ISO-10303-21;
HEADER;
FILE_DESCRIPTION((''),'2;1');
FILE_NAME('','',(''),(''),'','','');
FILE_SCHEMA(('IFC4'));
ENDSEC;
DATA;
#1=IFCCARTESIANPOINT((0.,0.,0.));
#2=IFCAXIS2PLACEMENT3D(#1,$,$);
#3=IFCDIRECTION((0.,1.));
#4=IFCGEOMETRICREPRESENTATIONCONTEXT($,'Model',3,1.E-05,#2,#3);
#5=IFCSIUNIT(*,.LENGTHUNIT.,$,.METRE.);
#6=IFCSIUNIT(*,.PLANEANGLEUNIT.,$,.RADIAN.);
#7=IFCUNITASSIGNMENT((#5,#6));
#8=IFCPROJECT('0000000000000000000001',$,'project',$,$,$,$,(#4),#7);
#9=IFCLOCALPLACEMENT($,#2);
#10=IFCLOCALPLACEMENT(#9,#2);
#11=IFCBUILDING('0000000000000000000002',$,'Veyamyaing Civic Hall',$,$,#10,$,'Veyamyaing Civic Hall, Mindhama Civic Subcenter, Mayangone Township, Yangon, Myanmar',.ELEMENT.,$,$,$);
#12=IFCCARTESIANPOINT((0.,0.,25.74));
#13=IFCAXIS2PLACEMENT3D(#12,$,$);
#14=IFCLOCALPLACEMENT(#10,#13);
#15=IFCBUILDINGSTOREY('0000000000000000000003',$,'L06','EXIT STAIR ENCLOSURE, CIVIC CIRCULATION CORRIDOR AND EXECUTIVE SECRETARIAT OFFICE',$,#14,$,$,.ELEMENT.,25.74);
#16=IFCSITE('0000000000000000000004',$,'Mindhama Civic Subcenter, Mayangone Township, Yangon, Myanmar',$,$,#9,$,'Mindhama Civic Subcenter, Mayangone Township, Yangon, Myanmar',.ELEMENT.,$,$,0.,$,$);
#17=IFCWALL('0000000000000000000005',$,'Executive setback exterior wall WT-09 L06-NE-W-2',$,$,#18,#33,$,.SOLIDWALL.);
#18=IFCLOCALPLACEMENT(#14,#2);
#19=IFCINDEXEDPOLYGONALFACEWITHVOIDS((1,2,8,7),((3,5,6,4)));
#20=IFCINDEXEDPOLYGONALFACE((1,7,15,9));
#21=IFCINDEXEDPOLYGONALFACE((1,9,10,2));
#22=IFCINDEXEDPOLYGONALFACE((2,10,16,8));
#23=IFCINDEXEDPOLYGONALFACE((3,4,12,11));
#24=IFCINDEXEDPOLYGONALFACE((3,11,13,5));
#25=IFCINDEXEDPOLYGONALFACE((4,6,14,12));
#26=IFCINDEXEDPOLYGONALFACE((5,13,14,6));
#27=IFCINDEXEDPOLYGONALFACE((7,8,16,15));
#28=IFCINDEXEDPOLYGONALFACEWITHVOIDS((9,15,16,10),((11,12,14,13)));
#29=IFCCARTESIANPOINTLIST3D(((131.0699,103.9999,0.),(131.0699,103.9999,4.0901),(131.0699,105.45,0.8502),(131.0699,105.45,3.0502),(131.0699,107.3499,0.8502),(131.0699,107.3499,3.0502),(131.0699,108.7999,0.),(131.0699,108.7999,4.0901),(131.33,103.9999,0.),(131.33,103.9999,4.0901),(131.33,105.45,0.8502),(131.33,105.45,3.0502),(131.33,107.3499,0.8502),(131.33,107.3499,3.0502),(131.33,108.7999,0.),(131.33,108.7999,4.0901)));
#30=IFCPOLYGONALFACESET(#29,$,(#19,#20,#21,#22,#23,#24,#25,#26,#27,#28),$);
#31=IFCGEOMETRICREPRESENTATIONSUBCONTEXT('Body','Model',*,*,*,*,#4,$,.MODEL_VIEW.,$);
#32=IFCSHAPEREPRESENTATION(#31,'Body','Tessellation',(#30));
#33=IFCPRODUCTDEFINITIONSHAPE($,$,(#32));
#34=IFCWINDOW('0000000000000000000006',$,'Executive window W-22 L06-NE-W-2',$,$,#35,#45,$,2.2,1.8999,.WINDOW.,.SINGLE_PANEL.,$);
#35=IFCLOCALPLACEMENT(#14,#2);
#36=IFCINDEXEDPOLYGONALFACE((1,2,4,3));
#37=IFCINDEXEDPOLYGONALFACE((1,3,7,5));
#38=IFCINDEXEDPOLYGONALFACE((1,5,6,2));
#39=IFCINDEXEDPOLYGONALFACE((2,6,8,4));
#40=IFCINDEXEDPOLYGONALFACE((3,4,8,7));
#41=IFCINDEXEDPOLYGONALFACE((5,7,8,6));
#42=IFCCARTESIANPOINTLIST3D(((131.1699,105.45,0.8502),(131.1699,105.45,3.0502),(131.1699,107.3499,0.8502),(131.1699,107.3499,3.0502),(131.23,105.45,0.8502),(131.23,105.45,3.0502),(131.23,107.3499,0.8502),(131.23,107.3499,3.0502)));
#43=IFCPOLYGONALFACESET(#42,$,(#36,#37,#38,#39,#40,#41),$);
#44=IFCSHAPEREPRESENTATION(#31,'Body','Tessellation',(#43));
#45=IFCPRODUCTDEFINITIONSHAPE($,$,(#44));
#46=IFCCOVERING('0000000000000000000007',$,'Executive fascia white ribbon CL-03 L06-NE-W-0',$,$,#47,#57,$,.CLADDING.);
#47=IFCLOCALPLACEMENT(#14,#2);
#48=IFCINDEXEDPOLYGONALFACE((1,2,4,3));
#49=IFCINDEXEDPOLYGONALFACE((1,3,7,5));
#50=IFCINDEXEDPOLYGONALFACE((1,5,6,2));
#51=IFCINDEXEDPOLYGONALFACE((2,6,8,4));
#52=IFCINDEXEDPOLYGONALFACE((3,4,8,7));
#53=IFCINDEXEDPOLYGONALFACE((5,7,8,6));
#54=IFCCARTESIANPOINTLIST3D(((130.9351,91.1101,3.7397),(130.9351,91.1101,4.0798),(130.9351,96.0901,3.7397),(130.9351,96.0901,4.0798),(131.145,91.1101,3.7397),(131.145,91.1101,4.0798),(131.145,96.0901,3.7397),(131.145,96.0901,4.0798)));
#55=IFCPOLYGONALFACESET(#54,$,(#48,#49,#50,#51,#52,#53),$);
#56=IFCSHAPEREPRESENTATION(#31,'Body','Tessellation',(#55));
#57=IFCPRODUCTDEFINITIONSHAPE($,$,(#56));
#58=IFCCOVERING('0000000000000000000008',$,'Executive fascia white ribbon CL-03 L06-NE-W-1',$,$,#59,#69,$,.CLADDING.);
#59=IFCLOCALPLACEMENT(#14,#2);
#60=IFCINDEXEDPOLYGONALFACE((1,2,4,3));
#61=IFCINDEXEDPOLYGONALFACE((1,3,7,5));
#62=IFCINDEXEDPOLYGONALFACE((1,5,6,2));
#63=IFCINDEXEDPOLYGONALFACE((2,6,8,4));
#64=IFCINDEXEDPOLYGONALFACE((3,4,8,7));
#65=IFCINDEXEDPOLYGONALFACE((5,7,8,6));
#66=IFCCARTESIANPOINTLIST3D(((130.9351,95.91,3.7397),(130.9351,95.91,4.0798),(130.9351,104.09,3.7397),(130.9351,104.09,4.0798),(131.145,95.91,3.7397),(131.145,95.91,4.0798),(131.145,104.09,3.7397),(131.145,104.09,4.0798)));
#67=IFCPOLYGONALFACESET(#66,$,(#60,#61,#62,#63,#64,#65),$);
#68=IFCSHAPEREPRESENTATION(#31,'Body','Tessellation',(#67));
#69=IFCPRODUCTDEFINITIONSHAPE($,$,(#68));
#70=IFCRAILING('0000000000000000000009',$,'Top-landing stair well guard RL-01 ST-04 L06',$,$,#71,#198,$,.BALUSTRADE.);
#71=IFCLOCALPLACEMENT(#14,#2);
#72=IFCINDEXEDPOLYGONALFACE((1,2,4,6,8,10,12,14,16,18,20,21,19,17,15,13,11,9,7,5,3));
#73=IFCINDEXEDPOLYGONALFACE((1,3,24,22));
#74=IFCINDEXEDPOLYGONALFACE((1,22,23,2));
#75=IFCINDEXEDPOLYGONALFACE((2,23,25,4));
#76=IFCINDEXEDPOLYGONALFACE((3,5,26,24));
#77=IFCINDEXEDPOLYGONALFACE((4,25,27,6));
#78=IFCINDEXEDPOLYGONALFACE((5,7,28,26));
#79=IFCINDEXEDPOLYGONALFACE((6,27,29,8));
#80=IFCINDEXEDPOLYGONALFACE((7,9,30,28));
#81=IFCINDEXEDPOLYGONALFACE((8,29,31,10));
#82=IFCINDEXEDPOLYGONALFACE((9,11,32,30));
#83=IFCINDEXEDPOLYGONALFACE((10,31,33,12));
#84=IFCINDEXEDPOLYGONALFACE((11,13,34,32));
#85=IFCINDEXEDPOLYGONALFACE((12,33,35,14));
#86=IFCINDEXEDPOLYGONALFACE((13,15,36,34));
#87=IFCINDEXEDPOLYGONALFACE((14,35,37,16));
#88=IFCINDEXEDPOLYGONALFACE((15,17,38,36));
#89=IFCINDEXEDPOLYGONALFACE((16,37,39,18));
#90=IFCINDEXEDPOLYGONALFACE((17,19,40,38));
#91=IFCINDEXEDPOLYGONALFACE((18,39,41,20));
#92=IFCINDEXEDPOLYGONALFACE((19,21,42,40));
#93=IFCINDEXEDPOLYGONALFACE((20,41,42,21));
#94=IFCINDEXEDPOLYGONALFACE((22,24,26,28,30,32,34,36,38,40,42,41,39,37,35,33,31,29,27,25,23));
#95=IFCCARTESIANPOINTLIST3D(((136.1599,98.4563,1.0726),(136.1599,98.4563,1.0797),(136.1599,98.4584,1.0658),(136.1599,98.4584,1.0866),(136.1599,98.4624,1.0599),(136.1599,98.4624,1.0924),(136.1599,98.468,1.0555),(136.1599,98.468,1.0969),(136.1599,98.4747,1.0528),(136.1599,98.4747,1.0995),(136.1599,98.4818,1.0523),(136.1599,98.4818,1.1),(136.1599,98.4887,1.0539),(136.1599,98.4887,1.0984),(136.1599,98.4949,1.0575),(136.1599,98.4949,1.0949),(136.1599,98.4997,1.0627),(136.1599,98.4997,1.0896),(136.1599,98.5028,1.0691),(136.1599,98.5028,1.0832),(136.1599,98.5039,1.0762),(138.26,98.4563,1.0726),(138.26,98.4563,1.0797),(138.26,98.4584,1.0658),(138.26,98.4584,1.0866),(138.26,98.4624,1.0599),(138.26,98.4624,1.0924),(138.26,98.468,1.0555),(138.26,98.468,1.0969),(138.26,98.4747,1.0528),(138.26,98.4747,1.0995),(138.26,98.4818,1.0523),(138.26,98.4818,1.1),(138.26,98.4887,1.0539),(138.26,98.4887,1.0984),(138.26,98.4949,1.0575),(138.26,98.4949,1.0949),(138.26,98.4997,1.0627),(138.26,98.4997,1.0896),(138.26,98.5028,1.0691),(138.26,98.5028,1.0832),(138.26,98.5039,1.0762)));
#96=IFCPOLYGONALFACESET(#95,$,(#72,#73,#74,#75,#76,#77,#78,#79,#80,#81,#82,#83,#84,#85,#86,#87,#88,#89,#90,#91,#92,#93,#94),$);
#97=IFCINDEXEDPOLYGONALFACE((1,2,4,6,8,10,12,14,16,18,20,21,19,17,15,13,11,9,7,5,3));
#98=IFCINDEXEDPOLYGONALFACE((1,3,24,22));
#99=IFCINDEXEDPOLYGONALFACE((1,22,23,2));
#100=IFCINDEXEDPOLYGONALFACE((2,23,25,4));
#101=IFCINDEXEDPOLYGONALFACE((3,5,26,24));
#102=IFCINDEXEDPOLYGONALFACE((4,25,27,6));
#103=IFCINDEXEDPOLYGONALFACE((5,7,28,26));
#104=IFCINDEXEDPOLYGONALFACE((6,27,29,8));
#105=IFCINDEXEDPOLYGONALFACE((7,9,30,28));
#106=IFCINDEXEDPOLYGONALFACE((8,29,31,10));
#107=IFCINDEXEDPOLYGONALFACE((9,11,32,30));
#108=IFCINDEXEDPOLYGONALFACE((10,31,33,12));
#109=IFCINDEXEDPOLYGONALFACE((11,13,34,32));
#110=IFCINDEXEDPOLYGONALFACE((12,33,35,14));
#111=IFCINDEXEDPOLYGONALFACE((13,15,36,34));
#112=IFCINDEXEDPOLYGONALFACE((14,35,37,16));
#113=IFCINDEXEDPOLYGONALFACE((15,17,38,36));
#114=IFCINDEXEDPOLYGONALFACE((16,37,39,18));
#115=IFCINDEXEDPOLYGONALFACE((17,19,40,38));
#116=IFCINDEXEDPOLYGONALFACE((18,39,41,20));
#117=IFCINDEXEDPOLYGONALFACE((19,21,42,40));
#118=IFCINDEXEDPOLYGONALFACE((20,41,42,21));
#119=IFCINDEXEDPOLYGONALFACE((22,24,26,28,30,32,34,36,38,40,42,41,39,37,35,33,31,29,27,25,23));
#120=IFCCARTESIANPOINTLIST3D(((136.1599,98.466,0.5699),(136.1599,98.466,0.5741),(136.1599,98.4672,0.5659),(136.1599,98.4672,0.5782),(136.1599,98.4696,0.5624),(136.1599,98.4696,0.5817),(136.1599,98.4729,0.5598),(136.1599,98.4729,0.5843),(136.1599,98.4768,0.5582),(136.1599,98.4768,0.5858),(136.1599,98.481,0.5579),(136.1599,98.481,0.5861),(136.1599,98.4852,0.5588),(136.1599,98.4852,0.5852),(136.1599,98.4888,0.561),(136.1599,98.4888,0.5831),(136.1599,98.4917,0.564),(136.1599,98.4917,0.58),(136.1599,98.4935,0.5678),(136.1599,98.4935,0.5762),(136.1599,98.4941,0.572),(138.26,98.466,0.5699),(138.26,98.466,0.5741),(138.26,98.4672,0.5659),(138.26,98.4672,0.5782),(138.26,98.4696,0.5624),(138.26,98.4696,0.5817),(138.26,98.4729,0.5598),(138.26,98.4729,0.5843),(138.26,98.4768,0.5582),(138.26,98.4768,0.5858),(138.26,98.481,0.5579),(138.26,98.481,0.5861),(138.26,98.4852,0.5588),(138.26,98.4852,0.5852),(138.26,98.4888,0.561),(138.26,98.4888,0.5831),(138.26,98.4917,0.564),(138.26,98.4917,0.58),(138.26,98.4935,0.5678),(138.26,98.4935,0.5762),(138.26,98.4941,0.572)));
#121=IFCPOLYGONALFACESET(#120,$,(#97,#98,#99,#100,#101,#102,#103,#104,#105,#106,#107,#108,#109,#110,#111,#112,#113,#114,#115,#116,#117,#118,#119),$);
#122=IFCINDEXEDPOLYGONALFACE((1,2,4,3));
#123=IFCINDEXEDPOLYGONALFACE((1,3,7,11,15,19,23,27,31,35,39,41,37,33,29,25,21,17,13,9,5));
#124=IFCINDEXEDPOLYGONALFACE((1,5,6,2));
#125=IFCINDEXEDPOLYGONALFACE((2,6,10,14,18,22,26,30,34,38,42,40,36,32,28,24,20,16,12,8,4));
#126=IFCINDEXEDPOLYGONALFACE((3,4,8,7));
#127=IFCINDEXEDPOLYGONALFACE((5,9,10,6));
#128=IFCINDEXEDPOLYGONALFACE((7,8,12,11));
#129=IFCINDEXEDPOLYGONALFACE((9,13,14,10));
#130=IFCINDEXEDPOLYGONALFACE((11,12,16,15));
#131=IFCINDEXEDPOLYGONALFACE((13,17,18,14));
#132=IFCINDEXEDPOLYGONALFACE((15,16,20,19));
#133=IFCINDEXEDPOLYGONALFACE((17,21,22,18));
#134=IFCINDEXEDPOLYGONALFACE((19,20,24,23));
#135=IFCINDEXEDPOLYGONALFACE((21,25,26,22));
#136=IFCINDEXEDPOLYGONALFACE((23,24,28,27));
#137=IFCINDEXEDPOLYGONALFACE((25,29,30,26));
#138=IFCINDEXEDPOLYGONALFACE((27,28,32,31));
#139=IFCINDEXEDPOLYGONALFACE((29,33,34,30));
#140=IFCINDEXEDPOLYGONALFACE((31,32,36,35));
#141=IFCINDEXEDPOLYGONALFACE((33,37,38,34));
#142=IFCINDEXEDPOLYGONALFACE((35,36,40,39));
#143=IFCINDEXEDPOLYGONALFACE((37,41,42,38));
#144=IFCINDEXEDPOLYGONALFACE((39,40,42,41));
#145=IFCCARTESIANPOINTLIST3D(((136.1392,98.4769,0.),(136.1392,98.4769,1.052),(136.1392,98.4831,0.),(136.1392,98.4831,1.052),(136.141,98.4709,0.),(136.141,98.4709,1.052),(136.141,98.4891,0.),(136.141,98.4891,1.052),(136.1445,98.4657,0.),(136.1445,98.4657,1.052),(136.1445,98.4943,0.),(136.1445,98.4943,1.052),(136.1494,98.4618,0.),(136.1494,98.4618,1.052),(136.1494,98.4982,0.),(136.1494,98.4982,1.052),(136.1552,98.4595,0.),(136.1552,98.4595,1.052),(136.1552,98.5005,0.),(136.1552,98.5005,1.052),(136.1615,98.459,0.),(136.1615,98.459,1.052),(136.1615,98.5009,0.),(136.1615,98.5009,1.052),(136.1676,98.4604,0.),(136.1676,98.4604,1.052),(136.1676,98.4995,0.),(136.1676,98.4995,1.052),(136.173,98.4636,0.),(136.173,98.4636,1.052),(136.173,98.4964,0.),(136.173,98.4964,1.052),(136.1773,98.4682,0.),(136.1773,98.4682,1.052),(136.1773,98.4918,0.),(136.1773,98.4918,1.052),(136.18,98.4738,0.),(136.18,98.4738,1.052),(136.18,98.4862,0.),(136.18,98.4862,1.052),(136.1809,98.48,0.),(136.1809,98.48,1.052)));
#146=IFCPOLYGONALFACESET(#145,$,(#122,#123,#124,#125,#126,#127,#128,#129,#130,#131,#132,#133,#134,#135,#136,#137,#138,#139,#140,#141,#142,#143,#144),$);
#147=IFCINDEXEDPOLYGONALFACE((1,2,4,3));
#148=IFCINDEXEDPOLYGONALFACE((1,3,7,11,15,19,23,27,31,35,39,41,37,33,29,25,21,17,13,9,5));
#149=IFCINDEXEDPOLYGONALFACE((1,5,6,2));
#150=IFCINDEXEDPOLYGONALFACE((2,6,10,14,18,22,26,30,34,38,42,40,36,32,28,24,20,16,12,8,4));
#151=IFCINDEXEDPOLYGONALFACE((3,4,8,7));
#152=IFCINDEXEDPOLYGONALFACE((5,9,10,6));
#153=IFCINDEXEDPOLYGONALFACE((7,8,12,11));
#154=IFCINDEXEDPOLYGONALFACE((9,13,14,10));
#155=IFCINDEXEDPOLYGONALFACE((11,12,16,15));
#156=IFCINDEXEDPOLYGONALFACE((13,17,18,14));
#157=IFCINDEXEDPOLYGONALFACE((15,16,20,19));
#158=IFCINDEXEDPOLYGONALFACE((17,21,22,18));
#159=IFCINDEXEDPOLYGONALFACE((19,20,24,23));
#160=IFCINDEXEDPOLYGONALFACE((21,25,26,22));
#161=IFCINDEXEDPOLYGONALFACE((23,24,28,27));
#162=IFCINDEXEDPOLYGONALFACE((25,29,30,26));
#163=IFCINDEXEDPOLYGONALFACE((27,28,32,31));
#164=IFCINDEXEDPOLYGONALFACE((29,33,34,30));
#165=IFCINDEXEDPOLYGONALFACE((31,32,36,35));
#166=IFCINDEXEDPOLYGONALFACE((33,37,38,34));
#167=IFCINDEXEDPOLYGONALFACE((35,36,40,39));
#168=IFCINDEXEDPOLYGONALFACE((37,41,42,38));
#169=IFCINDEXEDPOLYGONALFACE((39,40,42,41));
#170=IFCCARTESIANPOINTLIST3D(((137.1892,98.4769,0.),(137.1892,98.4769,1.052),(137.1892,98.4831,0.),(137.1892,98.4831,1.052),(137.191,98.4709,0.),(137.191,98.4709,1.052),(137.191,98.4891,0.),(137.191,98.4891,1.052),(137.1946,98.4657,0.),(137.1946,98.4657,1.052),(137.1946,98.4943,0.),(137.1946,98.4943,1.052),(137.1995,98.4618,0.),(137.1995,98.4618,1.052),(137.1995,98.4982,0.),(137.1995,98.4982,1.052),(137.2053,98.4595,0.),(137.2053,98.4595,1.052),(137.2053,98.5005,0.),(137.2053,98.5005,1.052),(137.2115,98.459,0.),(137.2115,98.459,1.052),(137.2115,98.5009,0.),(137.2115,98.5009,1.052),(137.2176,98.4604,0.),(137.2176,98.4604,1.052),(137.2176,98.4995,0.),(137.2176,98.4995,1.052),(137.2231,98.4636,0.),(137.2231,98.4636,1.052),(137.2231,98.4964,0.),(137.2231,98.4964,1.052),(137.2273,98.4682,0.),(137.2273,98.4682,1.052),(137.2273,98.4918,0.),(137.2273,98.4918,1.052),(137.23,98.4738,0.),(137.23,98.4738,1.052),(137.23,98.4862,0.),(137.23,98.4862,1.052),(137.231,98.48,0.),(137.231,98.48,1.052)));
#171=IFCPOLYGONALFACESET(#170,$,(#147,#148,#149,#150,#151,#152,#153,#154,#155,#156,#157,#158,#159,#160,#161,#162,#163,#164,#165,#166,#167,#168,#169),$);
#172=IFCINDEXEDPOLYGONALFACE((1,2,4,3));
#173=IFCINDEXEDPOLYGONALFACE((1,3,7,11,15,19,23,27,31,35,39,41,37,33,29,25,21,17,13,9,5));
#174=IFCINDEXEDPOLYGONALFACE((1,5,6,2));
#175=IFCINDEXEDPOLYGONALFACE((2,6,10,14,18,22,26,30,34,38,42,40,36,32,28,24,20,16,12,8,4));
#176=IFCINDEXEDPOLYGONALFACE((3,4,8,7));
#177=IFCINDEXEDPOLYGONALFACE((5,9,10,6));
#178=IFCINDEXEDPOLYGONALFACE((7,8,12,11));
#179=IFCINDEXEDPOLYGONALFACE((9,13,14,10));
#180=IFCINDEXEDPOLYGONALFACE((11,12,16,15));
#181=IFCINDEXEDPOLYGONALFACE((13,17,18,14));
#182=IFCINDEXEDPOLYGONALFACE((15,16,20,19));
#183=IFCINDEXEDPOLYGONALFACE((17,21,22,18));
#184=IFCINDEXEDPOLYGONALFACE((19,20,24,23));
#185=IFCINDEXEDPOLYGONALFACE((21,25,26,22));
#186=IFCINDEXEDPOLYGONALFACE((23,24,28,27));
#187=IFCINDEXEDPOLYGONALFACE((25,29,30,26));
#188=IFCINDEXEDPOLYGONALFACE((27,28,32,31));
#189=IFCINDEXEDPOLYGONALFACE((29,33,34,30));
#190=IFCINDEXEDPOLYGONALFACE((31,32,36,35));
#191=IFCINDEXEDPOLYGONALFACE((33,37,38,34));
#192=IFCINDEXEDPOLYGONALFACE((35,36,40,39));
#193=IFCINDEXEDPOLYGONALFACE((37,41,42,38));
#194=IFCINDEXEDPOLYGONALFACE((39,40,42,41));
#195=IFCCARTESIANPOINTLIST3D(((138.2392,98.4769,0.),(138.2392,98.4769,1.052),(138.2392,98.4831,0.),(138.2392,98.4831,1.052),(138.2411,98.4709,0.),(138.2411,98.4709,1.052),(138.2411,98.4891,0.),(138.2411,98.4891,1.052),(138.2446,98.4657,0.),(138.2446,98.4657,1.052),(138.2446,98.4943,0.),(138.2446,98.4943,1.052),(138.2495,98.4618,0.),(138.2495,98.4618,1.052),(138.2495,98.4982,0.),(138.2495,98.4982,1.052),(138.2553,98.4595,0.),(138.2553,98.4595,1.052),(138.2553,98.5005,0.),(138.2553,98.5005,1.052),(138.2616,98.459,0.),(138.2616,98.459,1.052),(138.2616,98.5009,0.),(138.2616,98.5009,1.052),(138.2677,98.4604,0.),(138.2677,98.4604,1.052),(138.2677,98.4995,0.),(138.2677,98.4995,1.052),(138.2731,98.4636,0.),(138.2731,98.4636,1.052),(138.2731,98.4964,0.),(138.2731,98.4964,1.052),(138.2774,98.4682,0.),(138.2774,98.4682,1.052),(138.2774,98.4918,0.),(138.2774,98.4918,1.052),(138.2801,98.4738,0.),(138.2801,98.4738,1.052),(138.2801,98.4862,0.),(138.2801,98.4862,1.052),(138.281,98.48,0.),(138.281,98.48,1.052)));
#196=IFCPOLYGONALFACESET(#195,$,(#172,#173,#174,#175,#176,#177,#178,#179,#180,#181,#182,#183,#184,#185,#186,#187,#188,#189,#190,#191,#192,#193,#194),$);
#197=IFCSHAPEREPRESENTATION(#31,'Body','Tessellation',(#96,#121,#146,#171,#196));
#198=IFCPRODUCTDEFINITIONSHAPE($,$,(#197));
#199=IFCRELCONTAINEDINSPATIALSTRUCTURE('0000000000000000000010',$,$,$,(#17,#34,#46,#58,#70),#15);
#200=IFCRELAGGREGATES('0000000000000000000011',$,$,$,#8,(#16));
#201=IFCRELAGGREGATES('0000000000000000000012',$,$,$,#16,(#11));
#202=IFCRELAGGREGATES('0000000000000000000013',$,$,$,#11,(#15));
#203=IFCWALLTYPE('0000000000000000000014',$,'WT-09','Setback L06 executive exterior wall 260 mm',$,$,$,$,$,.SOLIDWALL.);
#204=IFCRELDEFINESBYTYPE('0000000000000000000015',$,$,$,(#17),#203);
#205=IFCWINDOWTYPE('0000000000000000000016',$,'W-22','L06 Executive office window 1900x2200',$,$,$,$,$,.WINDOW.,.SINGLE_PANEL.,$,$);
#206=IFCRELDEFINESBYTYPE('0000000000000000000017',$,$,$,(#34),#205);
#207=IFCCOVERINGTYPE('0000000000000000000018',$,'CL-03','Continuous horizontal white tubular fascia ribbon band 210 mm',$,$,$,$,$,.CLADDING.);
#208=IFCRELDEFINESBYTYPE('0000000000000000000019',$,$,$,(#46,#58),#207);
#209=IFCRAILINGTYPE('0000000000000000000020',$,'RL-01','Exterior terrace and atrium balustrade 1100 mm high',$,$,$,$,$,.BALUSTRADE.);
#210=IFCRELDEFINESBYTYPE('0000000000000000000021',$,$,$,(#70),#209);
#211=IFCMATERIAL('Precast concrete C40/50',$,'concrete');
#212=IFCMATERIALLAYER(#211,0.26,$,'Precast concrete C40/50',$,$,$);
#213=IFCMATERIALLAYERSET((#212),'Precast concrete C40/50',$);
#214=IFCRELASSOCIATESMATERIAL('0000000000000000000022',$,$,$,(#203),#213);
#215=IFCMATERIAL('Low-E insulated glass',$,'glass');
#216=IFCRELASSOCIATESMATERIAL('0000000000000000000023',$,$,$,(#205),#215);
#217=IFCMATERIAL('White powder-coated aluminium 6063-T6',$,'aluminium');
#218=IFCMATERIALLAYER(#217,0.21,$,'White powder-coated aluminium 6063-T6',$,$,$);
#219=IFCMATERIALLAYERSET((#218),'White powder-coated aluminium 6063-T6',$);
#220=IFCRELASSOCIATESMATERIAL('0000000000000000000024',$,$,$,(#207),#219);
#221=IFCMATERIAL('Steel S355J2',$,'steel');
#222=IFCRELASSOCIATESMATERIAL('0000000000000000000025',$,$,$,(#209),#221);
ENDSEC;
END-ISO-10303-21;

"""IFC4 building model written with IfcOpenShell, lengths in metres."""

from ifc_helpers import new_model, si_unit, direction, frame, frame_2d, origin, origin_2d, place, context, subcontext, project, spatial, rectangle, circle, extrude, material, layer, layer_set, type_object, element, fill, save


model = new_model("IFC4")

# Units and contexts
model_context = context("Model", 3, precision=1e-05, world=origin(), true_north=direction((0.0, 1.0)))
body_context = subcontext(model_context, "Body", "Model", "MODEL_VIEW")
ifc_project = project(units=[si_unit("LENGTHUNIT", "METRE"), si_unit("PLANEANGLEUNIT", "RADIAN")], contexts=[model_context])

# Site, building, storey
site_placement = place(None, origin())
site = spatial("IfcSite", under=ifc_project, at=site_placement, Name="Mindhama Civic Subcenter, Mayangone Township, Yangon, Myanmar", LongName="Mindhama Civic Subcenter, Mayangone Township, Yangon, Myanmar", CompositionType="ELEMENT", RefElevation=0.0)
building_placement = place(site_placement, origin())
building = spatial("IfcBuilding", under=site, at=building_placement, Name="Veyamyaing Civic Hall", LongName="Veyamyaing Civic Hall, Mindhama Civic Subcenter, Mayangone Township, Yangon, Myanmar", CompositionType="ELEMENT")
storey_placement = place(building_placement, frame((0.0, 0.0, 25.74)))
storey = spatial("IfcBuildingStorey", under=building, at=storey_placement, Name="L06", Description="EXIT STAIR ENCLOSURE, CIVIC CIRCULATION CORRIDOR AND EXECUTIVE SECRETARIAT OFFICE", CompositionType="ELEMENT", Elevation=25.74)

# Shared definitions
ifc_material_1 = material(Name="Precast concrete C40/50", Category="concrete")
ifc_layer_1 = layer(ifc_material_1, 0.26, Name="Precast concrete C40/50")
ifc_layer_set_1 = layer_set([ifc_layer_1], Name="Precast concrete C40/50")
wall_type_1 = type_object("IfcWallType", Name="WT-09", Description="Setback L06 executive exterior wall 260 mm", PredefinedType="SOLIDWALL", material=ifc_layer_set_1)
ifc_material_2 = material(Name="Low-E insulated glass", Category="glass")
window_type_1 = type_object("IfcWindowType", Name="W-22", Description="L06 Executive office window 1900x2200", PartitioningType="SINGLE_PANEL", PredefinedType="WINDOW", material=ifc_material_2)

# Wall, opening, window
wall_1_placement = place(storey_placement, frame((131.2, 104.0, 0.0), z_axis=(0.0, 0.0, 1.0), x_axis=(0.0, 1.0, 0.0)))
wall_1 = element("IfcWall", 1, at=wall_1_placement, inside=storey, type_object=wall_type_1, Name="Executive setback exterior wall WT-09 L06-NE-W-2", PredefinedType="SOLIDWALL", context=body_context, shape_type="SweptSolid", body=[
    extrude(rectangle(XDim=4.8, YDim=0.26, at=frame_2d((2.3999, 0.0))), origin(), (0.0, 0.0, 1.0), 4.0901),
])
opening_1_placement = place(wall_1_placement, frame((1.45, 0.0, 0.8501)))
opening_1 = element("IfcOpeningElement", 2, at=opening_1_placement, cuts=wall_1, PredefinedType="OPENING", context=body_context, shape_type="SweptSolid", body=[
    extrude(rectangle(XDim=1.8999, YDim=2.2, at=frame_2d((0.95, 1.1001))), frame((0.0, 0.1399, 0.0), z_axis=(0.0, -1.0, 0.0), x_axis=(1.0, 0.0, 0.0)), (0.0, 0.0, 1.0), 0.28),
])
window_1_placement = place(opening_1_placement, origin())
window_1 = element("IfcWindow", 3, at=window_1_placement, inside=storey, type_object=window_type_1, Name="Executive window W-22 L06-NE-W-2", OverallHeight=2.2, OverallWidth=1.8999, PartitioningType="SINGLE_PANEL", PredefinedType="WINDOW", context=body_context, shape_type="SweptSolid", body=[
    extrude(rectangle(XDim=1.8999, YDim=2.2, at=frame_2d((0.95, 1.1001))), frame((0.0, 0.03, 0.0), z_axis=(0.0, -1.0, 0.0), x_axis=(1.0, 0.0, 0.0)), (0.0, 0.0, 1.0), 0.0601),
])
fill(opening_1, window_1)

# Coverings
ifc_material_3 = material(Name="White powder-coated aluminium 6063-T6", Category="aluminium")
ifc_layer_2 = layer(ifc_material_3, 0.21, Name="White powder-coated aluminium 6063-T6")
ifc_layer_set_2 = layer_set([ifc_layer_2], Name="White powder-coated aluminium 6063-T6")
covering_type = type_object("IfcCoveringType", Name="CL-03", Description="Continuous horizontal white tubular fascia ribbon band 210 mm", PredefinedType="CLADDING", material=ifc_layer_set_2)
covering_1_placement = place(storey_placement, frame((131.04, 93.6001, 3.7397), z_axis=(0.0, 0.0, 1.0), x_axis=(0.0, 1.0, 0.0)))
element("IfcCovering", 4, at=covering_1_placement, inside=storey, type_object=covering_type, Name="Executive fascia white ribbon CL-03 L06-NE-W-0", PredefinedType="CLADDING", context=body_context, shape_type="SweptSolid", body=[
    extrude(rectangle(XDim=4.98, YDim=0.21, at=origin_2d()), origin(), (0.0, 0.0, 1.0), 0.3401),
])
covering_2_placement = place(storey_placement, frame((131.04, 100.0, 3.7397), z_axis=(0.0, 0.0, 1.0), x_axis=(0.0, 1.0, 0.0)))
element("IfcCovering", 5, at=covering_2_placement, inside=storey, type_object=covering_type, Name="Executive fascia white ribbon CL-03 L06-NE-W-1", PredefinedType="CLADDING", context=body_context, shape_type="SweptSolid", body=[
    extrude(rectangle(XDim=8.1799, YDim=0.21, at=origin_2d()), origin(), (0.0, 0.0, 1.0), 0.3401),
])

# Railing
ifc_material_4 = material(Name="Steel S355J2", Category="steel")
railing_type = type_object("IfcRailingType", Name="RL-01", Description="Exterior terrace and atrium balustrade 1100 mm high", PredefinedType="BALUSTRADE", material=ifc_material_4)
railing_placement = place(storey_placement, frame((136.1599, 98.48, 0.0)))
element("IfcRailing", 6, at=railing_placement, inside=storey, type_object=railing_type, Name="Top-landing stair well guard RL-01 ST-04 L06", PredefinedType="BALUSTRADE", context=body_context, shape_type="SweptSolid", body=[
    extrude(circle(Radius=0.0239, at=origin_2d()), frame((0.0, 0.0, 1.0762), z_axis=(1.0, 0.0, 0.0), x_axis=(0.0, 1.0, 0.0)), (0.0, 0.0, 1.0), 2.1001),
    extrude(circle(Radius=0.0142, at=origin_2d()), frame((0.0, 0.0, 0.572), z_axis=(1.0, 0.0, 0.0), x_axis=(0.0, 1.0, 0.0)), (0.0, 0.0, 1.0), 2.1001),
    extrude(circle(Radius=0.021, at=origin_2d()), origin(), (0.0, 0.0, 1.0), 1.052),
    extrude(circle(Radius=0.021, at=origin_2d()), frame((1.05, 0.0, 0.0)), (0.0, 0.0, 1.0), 1.052),
    extrude(circle(Radius=0.021, at=origin_2d()), frame((2.1001, 0.0, 0.0)), (0.0, 0.0, 1.0), 1.052),
])

save(model, "model.ifc")
